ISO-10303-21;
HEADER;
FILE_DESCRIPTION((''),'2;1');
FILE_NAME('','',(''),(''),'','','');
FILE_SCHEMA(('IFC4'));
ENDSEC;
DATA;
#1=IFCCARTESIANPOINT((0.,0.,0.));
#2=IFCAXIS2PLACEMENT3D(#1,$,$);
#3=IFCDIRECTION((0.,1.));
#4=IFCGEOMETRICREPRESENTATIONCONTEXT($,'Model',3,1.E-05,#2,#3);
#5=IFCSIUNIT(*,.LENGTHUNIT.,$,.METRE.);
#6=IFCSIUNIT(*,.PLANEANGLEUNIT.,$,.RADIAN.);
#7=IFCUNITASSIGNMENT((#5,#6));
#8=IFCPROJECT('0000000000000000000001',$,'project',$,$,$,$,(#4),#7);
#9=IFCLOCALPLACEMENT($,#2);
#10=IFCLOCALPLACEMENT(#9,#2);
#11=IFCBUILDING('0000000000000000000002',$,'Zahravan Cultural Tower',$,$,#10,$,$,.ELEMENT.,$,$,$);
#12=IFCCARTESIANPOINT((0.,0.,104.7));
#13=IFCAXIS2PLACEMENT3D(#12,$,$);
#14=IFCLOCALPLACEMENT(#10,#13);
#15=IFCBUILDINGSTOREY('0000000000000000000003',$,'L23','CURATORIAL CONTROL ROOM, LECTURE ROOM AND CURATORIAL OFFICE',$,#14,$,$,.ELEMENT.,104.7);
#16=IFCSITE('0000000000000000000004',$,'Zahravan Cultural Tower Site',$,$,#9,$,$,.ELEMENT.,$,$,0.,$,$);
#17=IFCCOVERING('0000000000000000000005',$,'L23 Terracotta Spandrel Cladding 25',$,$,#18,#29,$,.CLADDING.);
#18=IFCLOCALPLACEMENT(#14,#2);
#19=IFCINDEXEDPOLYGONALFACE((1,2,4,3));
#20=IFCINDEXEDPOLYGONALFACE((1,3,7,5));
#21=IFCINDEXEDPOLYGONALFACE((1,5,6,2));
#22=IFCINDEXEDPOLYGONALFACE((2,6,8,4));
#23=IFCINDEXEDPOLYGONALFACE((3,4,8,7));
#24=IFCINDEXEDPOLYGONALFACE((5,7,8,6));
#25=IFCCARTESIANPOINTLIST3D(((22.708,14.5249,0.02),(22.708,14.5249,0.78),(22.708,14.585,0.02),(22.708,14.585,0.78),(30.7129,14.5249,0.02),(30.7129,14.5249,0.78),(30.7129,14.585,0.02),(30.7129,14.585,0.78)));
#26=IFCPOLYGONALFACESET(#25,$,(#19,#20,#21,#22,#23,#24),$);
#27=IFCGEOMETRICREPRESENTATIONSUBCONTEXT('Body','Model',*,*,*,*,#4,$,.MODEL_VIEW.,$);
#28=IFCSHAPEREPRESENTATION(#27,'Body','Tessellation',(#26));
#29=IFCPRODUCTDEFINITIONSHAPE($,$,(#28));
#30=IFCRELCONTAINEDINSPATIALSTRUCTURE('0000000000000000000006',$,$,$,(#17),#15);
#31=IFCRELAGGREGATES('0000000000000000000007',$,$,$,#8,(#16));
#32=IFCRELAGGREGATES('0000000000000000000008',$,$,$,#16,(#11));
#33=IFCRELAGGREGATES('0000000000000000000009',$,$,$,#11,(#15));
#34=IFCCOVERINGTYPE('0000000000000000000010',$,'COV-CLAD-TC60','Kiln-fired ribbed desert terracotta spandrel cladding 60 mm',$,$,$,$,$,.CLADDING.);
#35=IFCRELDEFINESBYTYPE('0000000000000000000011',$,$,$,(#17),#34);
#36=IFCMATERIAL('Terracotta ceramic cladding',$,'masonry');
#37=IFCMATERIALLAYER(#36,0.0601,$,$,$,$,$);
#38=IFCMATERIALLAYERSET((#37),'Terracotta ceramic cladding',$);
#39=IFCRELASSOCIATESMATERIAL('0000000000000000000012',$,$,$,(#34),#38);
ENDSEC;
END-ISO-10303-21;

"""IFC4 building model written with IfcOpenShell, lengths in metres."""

from ifc_helpers import new_model, si_unit, direction, frame, origin, origin_2d, place, context, subcontext, project, spatial, rectangle, extrude, source, transform, mapped, material, layer, layer_set, type_object, element, save


model = new_model("IFC4")

# Units and contexts
model_context = context("Model", 3, precision=1e-05, world=origin(), true_north=direction((0.0, 1.0)))
body_context = subcontext(model_context, "Body", "Model", "MODEL_VIEW")
ifc_project = project(units=[si_unit("LENGTHUNIT", "METRE"), si_unit("PLANEANGLEUNIT", "RADIAN")], contexts=[model_context])

# Site, building, storey
site_placement = place(None, origin())
site = spatial("IfcSite", under=ifc_project, at=site_placement, Name="Zahravan Cultural Tower Site", CompositionType="ELEMENT", RefElevation=0.0)
building_placement = place(site_placement, origin())
building = spatial("IfcBuilding", under=site, at=building_placement, Name="Zahravan Cultural Tower", CompositionType="ELEMENT")
storey_placement = place(building_placement, frame((0.0, 0.0, 104.7)))
storey = spatial("IfcBuildingStorey", under=building, at=storey_placement, Name="L23", Description="CURATORIAL CONTROL ROOM, LECTURE ROOM AND CURATORIAL OFFICE", CompositionType="ELEMENT", Elevation=104.7)

# Covering
ifc_material_1 = material(Name="Terracotta ceramic cladding", Category="masonry")
ifc_layer_1 = layer(ifc_material_1, 0.0601)
ifc_layer_set_1 = layer_set([ifc_layer_1], Name="Terracotta ceramic cladding")
covering_type = type_object("IfcCoveringType", Name="COV-CLAD-TC60", Description="Kiln-fired ribbed desert terracotta spandrel cladding 60 mm", PredefinedType="CLADDING", material=ifc_layer_set_1)
shared_shape_1 = source(origin(), body_context, "Body", "SweptSolid", [
    extrude(rectangle(XDim=8.0049, YDim=0.0601, at=origin_2d()), origin(), (0.0, 0.0, 1.0), 0.76),
])
covering_placement = place(storey_placement, frame((26.7104, 14.5549, 0.02), z_axis=(0.0, 0.0, 1.0), x_axis=(-1.0, 0.0, 0.0)))
element("IfcCovering", 1, at=covering_placement, inside=storey, type_object=covering_type, Name="L23 Terracotta Spandrel Cladding 25", PredefinedType="CLADDING", context=body_context, shape_type="MappedRepresentation", body=[
    mapped(shared_shape_1, transform((0.0, 0.0, 0.0), x_axis=(1.0, 0.0, 0.0), y_axis=(0.0, 1.0, 0.0), z_axis=(0.0, 0.0, 1.0), scale=1.0)),
])

save(model, "model.ifc")
